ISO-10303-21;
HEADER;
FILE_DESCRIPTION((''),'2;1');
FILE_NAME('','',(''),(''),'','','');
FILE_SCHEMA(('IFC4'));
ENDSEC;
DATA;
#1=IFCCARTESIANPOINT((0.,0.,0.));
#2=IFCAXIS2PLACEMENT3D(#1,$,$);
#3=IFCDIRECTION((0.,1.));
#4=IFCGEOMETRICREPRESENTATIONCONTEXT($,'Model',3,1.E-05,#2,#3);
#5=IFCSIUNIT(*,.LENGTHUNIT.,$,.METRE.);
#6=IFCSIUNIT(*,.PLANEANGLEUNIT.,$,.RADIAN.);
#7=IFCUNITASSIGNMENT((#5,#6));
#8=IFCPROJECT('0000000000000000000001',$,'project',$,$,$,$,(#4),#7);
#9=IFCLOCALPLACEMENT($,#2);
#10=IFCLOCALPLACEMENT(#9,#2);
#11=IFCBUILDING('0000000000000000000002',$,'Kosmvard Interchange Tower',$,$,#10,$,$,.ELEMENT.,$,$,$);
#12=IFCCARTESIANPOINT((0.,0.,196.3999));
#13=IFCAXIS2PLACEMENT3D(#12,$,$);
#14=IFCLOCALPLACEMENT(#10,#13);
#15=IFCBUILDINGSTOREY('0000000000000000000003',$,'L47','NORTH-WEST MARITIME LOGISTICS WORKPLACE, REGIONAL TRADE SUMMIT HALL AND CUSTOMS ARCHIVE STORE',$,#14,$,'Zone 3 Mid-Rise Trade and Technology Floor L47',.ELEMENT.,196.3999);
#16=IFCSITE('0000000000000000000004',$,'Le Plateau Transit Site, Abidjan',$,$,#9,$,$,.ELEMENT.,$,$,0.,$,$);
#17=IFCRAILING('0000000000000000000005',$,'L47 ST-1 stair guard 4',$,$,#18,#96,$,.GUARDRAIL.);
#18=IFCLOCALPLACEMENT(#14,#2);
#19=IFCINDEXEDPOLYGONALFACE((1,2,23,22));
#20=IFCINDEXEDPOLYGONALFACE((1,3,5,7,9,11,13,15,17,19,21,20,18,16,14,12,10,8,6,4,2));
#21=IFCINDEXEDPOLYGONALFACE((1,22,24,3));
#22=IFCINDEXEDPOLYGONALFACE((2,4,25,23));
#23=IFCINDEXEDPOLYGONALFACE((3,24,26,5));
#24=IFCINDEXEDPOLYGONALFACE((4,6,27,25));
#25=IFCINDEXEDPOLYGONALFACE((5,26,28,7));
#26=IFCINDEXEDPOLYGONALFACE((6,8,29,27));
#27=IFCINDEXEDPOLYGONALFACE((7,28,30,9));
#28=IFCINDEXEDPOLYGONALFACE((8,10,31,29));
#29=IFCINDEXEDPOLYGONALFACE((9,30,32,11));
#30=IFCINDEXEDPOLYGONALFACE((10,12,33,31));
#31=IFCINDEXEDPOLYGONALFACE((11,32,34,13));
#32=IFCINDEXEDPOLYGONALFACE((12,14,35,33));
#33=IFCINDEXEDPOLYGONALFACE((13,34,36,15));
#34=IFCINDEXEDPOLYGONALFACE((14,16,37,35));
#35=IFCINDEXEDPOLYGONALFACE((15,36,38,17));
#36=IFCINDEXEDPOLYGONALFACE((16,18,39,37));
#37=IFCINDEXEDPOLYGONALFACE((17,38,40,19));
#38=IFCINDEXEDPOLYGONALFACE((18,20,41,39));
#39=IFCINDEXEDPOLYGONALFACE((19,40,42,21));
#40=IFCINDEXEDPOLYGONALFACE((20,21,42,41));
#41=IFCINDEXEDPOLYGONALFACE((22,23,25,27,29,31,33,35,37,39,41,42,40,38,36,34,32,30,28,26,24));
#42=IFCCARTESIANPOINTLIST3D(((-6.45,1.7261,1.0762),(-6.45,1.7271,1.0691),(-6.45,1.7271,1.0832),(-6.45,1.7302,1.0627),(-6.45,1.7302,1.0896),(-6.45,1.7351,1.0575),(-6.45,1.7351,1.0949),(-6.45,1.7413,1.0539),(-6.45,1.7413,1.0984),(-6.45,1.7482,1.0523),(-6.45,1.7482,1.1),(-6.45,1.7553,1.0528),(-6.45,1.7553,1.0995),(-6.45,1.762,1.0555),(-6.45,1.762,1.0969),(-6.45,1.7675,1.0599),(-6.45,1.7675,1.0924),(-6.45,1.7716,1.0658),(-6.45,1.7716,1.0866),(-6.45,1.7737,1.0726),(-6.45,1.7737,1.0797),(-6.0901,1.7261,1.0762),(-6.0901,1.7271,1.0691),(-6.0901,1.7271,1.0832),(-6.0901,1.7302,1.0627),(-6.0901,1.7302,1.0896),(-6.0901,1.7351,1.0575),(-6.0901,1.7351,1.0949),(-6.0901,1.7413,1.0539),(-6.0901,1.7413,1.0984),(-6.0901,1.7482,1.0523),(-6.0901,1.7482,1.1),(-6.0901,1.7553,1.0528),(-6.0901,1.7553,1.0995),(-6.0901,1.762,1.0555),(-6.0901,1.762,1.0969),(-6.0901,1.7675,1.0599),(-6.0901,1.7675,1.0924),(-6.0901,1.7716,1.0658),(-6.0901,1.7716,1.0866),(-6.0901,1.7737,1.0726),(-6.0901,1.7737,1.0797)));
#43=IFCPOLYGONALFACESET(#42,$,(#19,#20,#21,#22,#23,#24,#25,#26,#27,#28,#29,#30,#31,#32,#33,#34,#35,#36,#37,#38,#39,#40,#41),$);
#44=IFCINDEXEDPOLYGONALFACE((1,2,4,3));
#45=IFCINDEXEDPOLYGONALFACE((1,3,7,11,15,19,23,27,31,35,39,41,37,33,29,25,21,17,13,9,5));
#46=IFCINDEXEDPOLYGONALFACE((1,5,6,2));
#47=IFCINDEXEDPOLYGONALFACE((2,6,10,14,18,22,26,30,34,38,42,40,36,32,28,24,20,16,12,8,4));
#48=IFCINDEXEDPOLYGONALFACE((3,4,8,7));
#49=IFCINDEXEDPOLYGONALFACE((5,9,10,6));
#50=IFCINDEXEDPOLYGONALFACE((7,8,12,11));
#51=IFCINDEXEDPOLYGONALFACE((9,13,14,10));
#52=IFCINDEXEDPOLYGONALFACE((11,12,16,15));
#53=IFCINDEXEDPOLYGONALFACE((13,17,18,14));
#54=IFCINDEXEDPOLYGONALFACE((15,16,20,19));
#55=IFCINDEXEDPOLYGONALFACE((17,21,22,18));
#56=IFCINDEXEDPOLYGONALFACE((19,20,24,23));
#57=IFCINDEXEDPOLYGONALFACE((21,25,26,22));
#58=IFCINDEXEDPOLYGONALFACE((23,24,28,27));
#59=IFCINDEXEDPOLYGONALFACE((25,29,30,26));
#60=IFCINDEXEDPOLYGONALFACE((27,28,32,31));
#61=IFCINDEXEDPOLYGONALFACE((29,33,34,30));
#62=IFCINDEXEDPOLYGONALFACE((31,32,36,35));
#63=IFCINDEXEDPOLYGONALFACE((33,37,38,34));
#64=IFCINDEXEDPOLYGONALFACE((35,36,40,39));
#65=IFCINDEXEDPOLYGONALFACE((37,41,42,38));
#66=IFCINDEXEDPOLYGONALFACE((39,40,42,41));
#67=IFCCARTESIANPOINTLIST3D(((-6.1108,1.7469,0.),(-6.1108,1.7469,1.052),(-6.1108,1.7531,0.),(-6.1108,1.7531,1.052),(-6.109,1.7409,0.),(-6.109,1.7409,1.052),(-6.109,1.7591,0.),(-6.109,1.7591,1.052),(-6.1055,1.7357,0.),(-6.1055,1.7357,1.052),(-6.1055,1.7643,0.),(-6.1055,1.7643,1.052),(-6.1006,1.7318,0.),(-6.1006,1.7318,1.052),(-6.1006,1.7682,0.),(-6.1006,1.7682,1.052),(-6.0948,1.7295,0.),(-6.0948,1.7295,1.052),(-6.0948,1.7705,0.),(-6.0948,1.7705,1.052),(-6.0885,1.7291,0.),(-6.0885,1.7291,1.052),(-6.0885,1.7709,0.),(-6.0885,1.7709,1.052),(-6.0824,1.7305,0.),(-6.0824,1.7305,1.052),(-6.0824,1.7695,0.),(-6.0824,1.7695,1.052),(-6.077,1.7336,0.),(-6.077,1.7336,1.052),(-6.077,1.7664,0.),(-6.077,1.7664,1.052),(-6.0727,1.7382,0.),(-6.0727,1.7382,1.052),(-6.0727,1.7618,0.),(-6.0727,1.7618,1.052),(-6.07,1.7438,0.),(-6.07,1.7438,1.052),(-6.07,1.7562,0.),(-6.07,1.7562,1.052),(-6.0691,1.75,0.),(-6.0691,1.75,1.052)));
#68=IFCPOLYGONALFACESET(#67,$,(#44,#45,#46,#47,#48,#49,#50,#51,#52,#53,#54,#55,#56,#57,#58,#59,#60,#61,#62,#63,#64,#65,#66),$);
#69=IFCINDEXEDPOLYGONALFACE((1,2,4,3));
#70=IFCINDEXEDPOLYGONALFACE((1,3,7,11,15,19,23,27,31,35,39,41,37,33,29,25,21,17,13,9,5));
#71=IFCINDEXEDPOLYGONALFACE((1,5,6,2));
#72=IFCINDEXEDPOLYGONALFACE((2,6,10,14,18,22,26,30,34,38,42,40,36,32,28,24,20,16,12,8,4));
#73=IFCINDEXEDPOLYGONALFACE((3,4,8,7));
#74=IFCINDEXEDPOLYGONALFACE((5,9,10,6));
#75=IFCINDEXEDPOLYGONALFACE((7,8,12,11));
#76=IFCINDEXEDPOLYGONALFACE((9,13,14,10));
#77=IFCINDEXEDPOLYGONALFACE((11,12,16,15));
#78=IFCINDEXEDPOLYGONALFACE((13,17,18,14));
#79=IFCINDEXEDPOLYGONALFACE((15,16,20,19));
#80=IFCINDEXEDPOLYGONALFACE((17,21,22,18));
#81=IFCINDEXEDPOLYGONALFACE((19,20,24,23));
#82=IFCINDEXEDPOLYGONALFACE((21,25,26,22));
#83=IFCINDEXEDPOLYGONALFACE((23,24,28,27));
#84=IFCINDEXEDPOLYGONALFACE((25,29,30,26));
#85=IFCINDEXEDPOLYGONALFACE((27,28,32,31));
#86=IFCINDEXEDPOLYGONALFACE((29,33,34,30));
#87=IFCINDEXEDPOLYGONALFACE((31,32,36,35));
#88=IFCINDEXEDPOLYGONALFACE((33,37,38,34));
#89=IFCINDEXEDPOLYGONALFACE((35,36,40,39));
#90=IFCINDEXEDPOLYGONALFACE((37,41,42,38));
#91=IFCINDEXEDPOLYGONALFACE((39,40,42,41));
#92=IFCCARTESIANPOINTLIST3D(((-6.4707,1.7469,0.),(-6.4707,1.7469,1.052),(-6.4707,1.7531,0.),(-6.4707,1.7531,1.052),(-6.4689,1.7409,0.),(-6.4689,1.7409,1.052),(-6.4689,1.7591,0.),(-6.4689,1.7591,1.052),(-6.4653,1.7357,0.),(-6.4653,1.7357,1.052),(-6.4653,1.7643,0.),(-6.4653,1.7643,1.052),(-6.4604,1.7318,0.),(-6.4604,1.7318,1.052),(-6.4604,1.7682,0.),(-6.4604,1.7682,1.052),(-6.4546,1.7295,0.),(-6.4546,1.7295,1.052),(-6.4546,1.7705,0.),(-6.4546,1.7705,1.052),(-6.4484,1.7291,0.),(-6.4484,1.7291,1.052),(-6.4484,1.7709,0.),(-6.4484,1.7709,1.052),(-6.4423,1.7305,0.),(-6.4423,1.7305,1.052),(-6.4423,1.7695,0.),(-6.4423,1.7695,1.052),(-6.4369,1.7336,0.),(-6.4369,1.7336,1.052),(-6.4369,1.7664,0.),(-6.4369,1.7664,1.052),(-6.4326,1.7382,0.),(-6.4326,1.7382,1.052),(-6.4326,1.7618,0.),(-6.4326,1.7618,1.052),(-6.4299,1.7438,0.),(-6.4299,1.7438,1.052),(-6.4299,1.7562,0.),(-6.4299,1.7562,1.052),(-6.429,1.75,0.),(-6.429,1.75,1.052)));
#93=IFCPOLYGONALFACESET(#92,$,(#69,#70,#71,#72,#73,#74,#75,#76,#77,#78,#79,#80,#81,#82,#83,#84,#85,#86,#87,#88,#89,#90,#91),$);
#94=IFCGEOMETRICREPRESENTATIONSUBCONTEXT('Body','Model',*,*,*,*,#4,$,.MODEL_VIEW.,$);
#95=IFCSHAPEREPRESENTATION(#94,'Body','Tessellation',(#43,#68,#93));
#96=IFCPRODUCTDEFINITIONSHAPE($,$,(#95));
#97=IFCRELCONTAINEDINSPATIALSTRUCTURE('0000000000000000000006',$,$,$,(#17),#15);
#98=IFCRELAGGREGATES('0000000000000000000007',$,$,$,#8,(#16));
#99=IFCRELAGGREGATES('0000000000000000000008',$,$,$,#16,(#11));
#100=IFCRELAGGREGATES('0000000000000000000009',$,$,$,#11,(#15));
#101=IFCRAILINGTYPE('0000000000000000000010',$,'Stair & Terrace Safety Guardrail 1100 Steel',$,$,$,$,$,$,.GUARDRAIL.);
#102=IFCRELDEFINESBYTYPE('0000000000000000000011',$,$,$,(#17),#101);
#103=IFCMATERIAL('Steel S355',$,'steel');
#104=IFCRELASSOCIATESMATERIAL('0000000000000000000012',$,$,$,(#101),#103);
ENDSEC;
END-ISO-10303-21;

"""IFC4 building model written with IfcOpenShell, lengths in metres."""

from ifc_helpers import new_model, si_unit, direction, frame, origin, origin_2d, place, context, subcontext, project, spatial, circle, extrude, source, transform, mapped, material, type_object, element, save


model = new_model("IFC4")

# Units and contexts
model_context = context("Model", 3, precision=1e-05, world=origin(), true_north=direction((0.0, 1.0)))
body_context = subcontext(model_context, "Body", "Model", "MODEL_VIEW")
ifc_project = project(units=[si_unit("LENGTHUNIT", "METRE"), si_unit("PLANEANGLEUNIT", "RADIAN")], contexts=[model_context])

# Site, building, storey
site_placement = place(None, origin())
site = spatial("IfcSite", under=ifc_project, at=site_placement, Name="Le Plateau Transit Site, Abidjan", CompositionType="ELEMENT", RefElevation=0.0)
building_placement = place(site_placement, origin())
building = spatial("IfcBuilding", under=site, at=building_placement, Name="Kosmvard Interchange Tower", CompositionType="ELEMENT")
storey_placement = place(building_placement, frame((0.0, 0.0, 196.3999)))
storey = spatial("IfcBuildingStorey", under=building, at=storey_placement, Name="L47", Description="NORTH-WEST MARITIME LOGISTICS WORKPLACE, REGIONAL TRADE SUMMIT HALL AND CUSTOMS ARCHIVE STORE", LongName="Zone 3 Mid-Rise Trade and Technology Floor L47", CompositionType="ELEMENT", Elevation=196.3999)

# Shared definitions
ifc_material_1 = material(Name="Steel S355", Category="steel")

# Railing
railing_type_1 = type_object("IfcRailingType", Name="Stair & Terrace Safety Guardrail 1100 Steel", PredefinedType="GUARDRAIL", material=ifc_material_1)
shared_shape_1 = source(origin(), body_context, "Body", "SweptSolid", [
    extrude(circle(Radius=0.0239, at=origin_2d()), frame((0.0, 0.0, 1.0762), z_axis=(-1.0, 0.0, 0.0), x_axis=(0.0, -1.0, 0.0)), (0.0, 0.0, 1.0), 0.3599),
    extrude(circle(Radius=0.021, at=origin_2d()), origin(), (0.0, 0.0, 1.0), 1.052),
    extrude(circle(Radius=0.021, at=origin_2d()), frame((-0.3599, 0.0, 0.0)), (0.0, 0.0, 1.0), 1.052),
])
for number, where, name in (
    (1, (-6.0901, 1.75, 0.0), "L47 ST-1 stair guard 4"),
):
    element("IfcRailing", number, at=place(storey_placement, frame(where)), inside=storey, type_object=railing_type_1, Name=name, PredefinedType="GUARDRAIL", context=body_context, shape_type="MappedRepresentation", body=[
        mapped(shared_shape_1, transform((0.0, 0.0, 0.0), scale=1.0)),
    ])

save(model, "model.ifc")
